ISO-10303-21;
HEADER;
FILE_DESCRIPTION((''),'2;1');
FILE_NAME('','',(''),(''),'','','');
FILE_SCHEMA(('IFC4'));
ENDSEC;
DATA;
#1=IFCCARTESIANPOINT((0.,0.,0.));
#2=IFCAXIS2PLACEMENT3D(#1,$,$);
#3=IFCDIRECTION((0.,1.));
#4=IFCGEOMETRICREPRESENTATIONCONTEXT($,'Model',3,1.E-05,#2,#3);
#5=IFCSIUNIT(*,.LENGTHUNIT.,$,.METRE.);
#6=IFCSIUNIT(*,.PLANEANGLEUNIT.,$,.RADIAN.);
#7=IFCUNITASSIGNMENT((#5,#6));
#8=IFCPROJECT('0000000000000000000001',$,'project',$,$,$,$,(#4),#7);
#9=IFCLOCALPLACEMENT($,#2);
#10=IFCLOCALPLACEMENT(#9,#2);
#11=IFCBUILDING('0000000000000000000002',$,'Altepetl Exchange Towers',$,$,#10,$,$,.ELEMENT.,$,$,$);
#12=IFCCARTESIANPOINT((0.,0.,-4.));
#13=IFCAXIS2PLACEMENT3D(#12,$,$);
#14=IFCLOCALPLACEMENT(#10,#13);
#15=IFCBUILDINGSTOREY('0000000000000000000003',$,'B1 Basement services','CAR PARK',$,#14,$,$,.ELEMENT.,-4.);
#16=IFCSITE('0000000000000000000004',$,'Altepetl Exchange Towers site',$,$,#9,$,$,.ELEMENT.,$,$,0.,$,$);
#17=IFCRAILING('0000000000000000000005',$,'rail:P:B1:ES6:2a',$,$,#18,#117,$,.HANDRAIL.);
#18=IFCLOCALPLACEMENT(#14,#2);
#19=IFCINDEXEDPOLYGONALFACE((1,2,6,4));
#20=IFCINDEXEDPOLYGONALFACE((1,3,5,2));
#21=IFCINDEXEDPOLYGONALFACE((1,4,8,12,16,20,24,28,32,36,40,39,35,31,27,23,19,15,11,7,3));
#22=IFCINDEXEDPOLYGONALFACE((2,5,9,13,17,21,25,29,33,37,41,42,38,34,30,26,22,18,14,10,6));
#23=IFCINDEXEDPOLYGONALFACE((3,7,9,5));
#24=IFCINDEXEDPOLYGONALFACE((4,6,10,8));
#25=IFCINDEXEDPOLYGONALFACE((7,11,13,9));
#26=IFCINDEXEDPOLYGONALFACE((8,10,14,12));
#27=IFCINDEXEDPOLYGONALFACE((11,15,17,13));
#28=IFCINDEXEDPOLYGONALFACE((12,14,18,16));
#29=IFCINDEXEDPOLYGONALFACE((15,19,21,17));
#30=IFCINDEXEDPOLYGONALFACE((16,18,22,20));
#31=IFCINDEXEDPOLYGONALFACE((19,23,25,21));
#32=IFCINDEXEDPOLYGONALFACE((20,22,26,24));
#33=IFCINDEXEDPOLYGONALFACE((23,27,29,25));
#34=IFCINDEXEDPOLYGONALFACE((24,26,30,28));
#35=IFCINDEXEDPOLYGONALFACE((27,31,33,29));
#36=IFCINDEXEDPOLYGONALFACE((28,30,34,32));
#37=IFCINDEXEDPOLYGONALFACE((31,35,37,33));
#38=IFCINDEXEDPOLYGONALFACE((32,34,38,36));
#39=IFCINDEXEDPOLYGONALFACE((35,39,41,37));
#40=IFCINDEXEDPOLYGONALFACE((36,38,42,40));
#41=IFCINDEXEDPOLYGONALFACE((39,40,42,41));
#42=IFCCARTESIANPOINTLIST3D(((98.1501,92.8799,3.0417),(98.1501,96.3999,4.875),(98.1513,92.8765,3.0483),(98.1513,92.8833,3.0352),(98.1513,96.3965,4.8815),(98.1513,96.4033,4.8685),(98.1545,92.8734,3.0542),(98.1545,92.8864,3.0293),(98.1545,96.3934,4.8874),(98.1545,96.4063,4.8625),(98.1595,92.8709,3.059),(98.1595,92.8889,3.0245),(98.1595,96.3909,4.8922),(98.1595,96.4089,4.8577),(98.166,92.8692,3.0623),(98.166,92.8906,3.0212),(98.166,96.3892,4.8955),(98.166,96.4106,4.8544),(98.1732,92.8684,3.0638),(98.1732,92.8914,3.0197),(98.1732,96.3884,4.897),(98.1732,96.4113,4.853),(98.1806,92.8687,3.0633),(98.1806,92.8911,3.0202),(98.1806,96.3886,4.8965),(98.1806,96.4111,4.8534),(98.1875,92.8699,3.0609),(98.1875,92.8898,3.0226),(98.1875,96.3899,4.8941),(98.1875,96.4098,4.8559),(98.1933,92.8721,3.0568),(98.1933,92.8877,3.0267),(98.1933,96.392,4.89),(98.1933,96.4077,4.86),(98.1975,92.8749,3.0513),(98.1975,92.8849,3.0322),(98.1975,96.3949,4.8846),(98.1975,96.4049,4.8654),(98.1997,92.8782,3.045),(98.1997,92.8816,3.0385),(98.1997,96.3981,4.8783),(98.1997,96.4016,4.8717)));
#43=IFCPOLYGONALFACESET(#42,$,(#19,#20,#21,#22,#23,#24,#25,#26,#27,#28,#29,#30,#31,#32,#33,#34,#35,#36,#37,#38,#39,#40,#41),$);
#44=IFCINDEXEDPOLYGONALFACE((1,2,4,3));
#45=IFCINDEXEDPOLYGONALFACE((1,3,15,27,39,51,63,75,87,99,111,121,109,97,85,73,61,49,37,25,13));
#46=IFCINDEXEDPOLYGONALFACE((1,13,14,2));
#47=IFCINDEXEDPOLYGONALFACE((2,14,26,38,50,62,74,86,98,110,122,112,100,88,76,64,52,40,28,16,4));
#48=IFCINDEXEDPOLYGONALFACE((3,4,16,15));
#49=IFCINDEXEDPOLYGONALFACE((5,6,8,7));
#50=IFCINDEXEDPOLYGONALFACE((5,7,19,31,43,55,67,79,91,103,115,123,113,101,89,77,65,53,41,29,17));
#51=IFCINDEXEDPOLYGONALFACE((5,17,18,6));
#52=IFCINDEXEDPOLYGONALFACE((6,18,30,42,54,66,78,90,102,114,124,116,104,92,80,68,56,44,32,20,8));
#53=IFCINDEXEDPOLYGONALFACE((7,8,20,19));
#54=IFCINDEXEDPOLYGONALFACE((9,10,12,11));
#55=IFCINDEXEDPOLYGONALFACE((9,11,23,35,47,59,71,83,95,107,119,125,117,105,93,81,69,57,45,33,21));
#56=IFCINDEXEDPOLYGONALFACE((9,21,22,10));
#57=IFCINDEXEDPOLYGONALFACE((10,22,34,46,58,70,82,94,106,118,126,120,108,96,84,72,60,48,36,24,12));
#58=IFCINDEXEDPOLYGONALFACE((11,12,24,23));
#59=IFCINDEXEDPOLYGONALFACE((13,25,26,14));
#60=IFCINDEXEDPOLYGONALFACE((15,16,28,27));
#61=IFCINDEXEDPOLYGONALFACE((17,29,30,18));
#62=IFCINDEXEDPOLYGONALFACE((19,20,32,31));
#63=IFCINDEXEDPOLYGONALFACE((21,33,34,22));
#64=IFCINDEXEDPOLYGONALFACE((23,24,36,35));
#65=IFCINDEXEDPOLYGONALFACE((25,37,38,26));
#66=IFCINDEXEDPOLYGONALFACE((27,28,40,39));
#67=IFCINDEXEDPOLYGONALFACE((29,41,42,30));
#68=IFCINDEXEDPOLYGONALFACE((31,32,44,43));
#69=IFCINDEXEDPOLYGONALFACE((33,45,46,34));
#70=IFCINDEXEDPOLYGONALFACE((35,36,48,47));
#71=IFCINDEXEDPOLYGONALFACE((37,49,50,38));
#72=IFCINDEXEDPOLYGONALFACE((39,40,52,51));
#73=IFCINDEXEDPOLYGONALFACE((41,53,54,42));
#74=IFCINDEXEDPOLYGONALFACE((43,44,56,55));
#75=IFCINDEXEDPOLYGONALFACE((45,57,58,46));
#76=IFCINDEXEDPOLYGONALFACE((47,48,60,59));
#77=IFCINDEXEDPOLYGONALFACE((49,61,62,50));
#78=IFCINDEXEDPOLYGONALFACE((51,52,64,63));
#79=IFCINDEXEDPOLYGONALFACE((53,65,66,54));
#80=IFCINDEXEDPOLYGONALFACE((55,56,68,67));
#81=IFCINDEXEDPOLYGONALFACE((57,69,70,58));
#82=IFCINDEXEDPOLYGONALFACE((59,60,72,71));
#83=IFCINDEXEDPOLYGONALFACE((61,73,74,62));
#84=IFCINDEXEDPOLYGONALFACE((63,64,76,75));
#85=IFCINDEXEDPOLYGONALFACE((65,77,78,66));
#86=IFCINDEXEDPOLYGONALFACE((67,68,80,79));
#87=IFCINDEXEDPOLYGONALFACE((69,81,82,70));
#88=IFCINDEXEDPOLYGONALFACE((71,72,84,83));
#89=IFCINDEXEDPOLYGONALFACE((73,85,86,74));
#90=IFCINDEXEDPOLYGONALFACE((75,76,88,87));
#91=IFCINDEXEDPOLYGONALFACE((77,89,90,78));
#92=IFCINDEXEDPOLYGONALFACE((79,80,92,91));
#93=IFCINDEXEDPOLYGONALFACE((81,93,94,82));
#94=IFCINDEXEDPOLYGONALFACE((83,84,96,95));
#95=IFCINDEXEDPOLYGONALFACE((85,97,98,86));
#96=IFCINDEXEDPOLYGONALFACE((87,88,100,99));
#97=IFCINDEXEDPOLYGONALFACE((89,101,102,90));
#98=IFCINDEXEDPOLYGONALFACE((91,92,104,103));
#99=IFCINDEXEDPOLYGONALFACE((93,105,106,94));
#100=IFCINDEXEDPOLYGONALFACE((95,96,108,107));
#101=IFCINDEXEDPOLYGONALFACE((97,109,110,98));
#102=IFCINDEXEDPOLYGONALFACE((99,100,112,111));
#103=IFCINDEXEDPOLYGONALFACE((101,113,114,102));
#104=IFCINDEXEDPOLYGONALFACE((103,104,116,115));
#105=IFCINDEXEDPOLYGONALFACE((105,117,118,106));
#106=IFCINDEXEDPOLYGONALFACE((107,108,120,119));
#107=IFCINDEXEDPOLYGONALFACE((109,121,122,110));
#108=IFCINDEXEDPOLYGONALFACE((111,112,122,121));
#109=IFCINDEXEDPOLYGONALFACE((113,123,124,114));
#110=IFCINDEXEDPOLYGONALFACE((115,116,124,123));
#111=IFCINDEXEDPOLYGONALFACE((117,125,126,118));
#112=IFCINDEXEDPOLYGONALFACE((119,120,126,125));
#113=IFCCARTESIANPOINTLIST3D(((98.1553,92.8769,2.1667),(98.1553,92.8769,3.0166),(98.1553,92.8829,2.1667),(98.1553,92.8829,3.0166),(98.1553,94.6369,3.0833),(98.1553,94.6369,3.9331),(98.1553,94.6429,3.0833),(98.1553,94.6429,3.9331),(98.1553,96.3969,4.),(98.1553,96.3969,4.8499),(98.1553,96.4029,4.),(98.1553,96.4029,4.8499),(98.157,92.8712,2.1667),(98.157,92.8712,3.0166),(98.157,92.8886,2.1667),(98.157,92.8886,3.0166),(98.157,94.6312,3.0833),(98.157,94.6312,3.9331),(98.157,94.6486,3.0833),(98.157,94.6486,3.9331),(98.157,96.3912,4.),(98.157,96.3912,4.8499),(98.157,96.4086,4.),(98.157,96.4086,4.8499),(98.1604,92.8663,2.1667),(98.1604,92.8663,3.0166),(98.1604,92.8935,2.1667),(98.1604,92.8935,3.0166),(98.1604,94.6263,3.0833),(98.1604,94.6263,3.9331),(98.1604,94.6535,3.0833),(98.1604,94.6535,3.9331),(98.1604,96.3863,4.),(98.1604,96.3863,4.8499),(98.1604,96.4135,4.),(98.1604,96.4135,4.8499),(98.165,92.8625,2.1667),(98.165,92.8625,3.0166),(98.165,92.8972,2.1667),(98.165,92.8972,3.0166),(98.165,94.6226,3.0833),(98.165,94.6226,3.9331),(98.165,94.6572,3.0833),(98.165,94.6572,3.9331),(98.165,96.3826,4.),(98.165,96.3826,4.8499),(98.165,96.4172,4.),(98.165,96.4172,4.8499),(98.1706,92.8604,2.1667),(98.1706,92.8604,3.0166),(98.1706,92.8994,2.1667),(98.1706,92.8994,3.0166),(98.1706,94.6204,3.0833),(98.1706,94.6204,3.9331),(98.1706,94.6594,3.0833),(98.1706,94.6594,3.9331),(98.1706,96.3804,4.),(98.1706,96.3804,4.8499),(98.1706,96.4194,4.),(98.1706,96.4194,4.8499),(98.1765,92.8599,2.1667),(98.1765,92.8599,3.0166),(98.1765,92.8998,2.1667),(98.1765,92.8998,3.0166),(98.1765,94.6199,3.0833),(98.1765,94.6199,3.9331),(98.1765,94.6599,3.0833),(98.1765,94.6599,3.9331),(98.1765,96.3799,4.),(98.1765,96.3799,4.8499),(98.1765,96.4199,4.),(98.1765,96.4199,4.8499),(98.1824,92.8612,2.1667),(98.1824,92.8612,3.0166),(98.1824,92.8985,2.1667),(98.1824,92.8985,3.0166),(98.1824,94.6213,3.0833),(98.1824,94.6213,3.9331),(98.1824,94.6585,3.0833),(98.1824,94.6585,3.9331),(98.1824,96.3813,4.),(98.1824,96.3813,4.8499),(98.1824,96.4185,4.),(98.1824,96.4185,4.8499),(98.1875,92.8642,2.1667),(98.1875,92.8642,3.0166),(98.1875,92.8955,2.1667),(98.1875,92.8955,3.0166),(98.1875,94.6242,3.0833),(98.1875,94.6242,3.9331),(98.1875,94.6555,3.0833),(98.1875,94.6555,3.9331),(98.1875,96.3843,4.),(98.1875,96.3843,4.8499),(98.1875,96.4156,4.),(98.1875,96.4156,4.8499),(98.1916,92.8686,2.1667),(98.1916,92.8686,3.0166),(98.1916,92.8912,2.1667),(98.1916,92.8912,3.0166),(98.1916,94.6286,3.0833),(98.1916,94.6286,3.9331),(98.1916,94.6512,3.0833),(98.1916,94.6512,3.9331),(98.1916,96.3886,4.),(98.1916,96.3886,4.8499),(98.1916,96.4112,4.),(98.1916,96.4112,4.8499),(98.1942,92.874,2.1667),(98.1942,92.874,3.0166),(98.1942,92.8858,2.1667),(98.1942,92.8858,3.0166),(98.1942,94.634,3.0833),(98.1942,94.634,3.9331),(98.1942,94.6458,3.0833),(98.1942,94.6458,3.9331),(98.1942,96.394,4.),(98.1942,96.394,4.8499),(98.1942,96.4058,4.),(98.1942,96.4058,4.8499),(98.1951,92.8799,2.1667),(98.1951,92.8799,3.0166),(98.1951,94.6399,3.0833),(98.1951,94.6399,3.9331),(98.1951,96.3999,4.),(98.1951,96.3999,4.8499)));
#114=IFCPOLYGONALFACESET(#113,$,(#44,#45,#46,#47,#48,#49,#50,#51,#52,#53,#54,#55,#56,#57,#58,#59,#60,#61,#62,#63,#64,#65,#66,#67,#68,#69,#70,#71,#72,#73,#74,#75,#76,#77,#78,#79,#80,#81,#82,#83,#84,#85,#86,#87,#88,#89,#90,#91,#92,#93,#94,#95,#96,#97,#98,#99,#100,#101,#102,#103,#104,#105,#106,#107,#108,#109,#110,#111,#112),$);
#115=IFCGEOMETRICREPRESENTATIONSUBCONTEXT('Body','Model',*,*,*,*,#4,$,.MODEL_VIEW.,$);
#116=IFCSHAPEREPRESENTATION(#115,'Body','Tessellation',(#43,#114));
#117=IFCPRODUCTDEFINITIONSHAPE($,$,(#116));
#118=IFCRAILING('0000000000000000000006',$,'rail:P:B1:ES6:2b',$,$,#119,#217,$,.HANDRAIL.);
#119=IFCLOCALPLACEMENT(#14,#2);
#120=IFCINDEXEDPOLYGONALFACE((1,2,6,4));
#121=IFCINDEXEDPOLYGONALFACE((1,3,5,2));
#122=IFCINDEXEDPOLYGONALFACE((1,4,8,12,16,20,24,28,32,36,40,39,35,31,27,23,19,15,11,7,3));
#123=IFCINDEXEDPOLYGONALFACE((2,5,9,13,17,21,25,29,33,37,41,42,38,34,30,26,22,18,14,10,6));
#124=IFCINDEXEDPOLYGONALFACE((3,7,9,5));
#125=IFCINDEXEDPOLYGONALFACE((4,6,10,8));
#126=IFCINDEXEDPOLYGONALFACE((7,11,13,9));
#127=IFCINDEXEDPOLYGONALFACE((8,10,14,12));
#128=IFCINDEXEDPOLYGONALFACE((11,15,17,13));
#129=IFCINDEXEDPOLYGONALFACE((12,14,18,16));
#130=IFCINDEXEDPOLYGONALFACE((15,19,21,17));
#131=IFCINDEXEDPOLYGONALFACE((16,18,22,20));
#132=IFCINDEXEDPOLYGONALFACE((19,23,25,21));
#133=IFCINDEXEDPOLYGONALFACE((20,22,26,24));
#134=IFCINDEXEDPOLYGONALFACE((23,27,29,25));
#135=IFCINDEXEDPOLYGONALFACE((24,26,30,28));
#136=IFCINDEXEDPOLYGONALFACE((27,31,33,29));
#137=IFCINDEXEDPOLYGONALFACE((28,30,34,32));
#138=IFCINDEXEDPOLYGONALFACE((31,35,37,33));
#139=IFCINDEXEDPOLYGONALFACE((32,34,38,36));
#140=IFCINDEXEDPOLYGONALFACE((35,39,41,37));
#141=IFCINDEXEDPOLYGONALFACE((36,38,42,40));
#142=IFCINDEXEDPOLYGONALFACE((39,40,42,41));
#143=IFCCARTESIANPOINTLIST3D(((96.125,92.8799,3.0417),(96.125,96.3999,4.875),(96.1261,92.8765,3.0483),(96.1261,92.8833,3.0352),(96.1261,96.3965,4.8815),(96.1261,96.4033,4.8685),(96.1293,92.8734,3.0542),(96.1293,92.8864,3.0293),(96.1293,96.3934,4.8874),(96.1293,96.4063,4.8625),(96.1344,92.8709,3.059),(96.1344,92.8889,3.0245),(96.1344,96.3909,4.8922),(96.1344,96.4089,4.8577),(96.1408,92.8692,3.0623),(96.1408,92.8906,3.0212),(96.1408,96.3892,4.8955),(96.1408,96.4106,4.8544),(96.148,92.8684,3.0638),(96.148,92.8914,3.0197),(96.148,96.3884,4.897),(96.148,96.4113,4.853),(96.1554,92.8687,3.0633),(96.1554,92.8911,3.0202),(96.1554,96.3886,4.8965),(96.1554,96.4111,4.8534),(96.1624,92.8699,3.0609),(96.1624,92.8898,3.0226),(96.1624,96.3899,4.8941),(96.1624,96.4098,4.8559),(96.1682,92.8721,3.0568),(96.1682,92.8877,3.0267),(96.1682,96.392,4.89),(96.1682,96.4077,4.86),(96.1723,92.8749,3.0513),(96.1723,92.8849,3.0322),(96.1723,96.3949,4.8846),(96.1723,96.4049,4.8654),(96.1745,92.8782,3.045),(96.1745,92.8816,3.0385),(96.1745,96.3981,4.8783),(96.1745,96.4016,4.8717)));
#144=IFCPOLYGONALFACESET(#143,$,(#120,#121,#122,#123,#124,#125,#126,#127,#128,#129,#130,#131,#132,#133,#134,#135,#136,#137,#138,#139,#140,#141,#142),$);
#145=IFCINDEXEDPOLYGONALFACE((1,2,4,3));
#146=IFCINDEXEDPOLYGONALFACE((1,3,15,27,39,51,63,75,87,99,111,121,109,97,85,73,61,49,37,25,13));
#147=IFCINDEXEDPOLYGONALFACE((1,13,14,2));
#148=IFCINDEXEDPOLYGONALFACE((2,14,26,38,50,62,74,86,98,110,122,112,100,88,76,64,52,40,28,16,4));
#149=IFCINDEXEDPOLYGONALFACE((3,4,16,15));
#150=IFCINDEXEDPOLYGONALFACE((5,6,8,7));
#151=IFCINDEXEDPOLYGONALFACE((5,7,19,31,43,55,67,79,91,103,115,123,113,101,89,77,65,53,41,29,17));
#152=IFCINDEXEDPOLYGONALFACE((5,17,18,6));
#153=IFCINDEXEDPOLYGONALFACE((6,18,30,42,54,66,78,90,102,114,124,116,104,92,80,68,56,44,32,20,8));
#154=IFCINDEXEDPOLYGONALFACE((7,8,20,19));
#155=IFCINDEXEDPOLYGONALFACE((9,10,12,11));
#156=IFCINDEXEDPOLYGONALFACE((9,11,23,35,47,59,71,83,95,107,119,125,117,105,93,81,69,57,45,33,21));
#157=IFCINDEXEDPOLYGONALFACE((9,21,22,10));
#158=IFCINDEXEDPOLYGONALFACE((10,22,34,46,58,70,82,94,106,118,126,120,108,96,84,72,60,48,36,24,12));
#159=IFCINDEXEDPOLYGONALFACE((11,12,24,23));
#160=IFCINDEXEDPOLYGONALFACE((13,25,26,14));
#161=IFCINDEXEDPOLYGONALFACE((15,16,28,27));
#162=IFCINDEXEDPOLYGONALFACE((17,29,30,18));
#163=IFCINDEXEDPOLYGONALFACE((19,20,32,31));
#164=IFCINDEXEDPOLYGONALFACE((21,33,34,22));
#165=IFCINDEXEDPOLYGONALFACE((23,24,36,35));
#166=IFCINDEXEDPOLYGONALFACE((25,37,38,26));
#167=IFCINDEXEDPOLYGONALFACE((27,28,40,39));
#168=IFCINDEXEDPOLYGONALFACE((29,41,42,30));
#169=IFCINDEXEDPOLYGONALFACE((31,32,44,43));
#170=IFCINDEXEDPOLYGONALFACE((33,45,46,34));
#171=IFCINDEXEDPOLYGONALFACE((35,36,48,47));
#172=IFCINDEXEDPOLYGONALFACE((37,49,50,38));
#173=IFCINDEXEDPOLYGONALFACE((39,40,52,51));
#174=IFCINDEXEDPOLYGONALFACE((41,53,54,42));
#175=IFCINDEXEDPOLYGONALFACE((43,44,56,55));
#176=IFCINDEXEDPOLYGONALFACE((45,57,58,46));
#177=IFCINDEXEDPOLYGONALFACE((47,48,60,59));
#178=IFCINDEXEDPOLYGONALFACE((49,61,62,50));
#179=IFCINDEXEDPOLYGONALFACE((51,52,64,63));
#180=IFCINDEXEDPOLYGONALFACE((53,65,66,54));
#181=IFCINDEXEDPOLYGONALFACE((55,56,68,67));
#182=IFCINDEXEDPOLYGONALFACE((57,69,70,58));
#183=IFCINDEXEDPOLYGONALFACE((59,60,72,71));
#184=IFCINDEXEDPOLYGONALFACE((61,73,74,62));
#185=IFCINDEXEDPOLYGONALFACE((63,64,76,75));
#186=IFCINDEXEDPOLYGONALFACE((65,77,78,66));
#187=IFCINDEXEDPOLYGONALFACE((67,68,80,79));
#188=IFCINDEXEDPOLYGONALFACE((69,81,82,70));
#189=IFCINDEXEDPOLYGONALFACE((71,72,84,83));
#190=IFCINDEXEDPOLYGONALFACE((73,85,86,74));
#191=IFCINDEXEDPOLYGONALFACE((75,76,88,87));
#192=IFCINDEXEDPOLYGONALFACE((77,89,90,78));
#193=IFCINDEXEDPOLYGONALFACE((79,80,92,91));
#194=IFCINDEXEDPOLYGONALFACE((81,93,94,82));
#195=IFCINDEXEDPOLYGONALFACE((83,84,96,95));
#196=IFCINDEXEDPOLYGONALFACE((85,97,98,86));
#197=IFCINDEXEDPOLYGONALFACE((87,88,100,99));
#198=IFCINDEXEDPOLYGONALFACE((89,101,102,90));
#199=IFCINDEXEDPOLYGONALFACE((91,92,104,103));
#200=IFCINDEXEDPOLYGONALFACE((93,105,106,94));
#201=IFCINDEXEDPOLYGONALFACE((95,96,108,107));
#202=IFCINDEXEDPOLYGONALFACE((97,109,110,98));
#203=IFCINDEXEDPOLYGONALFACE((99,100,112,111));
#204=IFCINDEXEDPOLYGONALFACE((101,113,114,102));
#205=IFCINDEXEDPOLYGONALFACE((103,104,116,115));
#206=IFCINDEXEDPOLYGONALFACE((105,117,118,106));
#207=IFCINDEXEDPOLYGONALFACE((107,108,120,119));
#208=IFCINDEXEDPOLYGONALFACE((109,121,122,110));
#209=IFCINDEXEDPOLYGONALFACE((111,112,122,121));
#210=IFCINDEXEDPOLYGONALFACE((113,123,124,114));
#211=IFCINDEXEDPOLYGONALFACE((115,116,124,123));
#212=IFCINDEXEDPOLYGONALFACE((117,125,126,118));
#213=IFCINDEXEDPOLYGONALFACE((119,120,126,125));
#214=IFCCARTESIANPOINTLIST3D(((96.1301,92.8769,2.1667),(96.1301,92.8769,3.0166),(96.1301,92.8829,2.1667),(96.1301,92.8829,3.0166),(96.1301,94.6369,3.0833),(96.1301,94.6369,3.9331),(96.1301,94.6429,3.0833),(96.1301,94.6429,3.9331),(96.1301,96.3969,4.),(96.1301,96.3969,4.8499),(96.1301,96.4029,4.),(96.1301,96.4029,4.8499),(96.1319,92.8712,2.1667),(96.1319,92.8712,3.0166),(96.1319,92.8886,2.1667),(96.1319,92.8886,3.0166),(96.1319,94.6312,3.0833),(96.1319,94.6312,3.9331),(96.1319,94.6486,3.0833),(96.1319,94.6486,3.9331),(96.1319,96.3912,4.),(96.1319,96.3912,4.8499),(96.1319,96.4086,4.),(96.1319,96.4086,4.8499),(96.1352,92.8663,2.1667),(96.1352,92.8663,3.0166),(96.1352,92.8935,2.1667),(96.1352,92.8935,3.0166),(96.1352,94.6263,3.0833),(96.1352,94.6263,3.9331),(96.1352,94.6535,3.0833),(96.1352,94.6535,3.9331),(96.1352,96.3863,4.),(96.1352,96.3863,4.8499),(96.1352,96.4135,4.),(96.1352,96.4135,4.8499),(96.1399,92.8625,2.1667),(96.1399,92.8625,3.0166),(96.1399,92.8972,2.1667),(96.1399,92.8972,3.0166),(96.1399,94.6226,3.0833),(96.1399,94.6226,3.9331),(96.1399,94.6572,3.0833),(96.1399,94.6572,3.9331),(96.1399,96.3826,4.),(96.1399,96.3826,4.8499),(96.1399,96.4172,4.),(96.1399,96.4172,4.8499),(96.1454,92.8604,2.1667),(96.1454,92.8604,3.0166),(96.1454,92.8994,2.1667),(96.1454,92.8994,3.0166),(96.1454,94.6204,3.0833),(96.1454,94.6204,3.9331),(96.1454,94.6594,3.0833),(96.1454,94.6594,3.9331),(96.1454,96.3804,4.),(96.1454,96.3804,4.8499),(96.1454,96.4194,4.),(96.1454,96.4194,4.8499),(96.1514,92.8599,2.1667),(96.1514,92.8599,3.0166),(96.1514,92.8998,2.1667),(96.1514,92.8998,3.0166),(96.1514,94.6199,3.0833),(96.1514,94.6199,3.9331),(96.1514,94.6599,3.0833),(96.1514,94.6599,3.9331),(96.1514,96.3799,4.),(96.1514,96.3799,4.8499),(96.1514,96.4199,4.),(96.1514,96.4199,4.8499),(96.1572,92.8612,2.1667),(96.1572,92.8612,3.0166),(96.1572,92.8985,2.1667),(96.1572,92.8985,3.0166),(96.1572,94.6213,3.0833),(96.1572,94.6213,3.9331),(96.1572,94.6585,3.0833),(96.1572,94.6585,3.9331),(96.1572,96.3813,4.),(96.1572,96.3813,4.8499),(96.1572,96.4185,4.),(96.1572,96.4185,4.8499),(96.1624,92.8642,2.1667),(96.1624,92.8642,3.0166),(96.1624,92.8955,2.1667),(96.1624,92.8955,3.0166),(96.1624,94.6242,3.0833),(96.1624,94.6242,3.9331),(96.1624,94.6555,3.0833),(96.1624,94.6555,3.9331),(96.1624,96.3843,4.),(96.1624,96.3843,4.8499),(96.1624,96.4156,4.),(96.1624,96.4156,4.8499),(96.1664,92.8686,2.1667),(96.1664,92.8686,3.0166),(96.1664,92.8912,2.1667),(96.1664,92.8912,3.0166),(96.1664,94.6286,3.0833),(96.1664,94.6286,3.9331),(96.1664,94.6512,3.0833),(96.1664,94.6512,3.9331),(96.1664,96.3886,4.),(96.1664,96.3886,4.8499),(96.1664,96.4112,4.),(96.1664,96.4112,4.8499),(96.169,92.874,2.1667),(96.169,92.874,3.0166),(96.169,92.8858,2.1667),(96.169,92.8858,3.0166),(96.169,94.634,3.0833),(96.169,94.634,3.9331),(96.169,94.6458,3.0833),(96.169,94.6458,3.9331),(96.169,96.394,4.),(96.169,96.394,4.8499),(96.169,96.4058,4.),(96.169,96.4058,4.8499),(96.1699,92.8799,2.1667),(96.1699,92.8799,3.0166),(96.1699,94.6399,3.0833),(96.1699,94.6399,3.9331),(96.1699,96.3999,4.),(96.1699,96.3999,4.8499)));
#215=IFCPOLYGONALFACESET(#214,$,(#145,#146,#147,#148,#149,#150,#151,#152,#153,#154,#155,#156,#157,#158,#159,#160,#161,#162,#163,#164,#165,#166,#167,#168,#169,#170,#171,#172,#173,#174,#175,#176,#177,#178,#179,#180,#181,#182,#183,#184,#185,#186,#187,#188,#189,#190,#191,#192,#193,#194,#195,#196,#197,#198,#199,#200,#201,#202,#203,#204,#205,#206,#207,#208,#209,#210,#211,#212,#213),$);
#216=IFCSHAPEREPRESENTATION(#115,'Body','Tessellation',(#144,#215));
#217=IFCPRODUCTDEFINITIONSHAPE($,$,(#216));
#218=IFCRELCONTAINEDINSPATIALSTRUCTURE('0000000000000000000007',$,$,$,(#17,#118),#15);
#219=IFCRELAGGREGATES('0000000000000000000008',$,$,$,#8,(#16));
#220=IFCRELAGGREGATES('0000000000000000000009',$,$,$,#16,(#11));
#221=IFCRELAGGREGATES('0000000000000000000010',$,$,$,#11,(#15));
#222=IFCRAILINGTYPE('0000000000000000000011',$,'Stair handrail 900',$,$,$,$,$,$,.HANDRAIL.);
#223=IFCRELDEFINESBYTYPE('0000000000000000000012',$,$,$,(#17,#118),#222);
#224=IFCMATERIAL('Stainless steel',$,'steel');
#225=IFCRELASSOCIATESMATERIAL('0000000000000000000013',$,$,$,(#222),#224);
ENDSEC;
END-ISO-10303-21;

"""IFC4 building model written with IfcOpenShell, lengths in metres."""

from ifc_helpers import new_model, si_unit, direction, frame, origin, origin_2d, place, context, subcontext, project, spatial, circle, extrude, source, transform, mapped, material, type_object, element, save


model = new_model("IFC4")

# Units and contexts
model_context = context("Model", 3, precision=1e-05, world=origin(), true_north=direction((0.0, 1.0)))
body_context = subcontext(model_context, "Body", "Model", "MODEL_VIEW")
ifc_project = project(units=[si_unit("LENGTHUNIT", "METRE"), si_unit("PLANEANGLEUNIT", "RADIAN")], contexts=[model_context])

# Site, building, storey
site_placement = place(None, origin())
site = spatial("IfcSite", under=ifc_project, at=site_placement, Name="Altepetl Exchange Towers site", CompositionType="ELEMENT", RefElevation=0.0)
building_placement = place(site_placement, origin())
building = spatial("IfcBuilding", under=site, at=building_placement, Name="Altepetl Exchange Towers", CompositionType="ELEMENT")
storey_placement = place(building_placement, frame((0.0, 0.0, -4.0)))
storey = spatial("IfcBuildingStorey", under=building, at=storey_placement, Name="B1 Basement services", Description="CAR PARK", CompositionType="ELEMENT", Elevation=-4.0)

# Railings
ifc_material_1 = material(Name="Stainless steel", Category="steel")
railing_type_1 = type_object("IfcRailingType", Name="Stair handrail 900", PredefinedType="HANDRAIL", material=ifc_material_1)
shared_shape_1 = source(origin(), body_context, "Body", "SweptSolid", [
    extrude(circle(Radius=0.02, at=origin_2d()), origin(), (0.0, 0.0, 1.0), 0.8499),
])
for number, where, name in (
    (1, (98.175, 92.8799, 2.1667), "rail:P:B1:ES6:2a"),
    (2, (96.1499, 92.8799, 2.1667), "rail:P:B1:ES6:2b"),
):
    element("IfcRailing", number, at=place(storey_placement, frame(where)), inside=storey, type_object=railing_type_1, Name=name, PredefinedType="HANDRAIL", context=body_context, shape_type="SweptSolid", body=[
        extrude(circle(Radius=0.0249, at=origin_2d()), frame((0.0, 0.0, 0.875), z_axis=(0.0, 0.886924, 0.461916), x_axis=(-1.0, 0.0, 0.0)), (0.0, 0.0, 1.0), 3.9688),
        mapped(shared_shape_1, transform((0.0, 0.0, 0.0))),
        mapped(shared_shape_1, transform((0.0, 1.76, 0.9165))),
        mapped(shared_shape_1, transform((0.0, 3.52, 1.8333))),
    ])

save(model, "model.ifc")
